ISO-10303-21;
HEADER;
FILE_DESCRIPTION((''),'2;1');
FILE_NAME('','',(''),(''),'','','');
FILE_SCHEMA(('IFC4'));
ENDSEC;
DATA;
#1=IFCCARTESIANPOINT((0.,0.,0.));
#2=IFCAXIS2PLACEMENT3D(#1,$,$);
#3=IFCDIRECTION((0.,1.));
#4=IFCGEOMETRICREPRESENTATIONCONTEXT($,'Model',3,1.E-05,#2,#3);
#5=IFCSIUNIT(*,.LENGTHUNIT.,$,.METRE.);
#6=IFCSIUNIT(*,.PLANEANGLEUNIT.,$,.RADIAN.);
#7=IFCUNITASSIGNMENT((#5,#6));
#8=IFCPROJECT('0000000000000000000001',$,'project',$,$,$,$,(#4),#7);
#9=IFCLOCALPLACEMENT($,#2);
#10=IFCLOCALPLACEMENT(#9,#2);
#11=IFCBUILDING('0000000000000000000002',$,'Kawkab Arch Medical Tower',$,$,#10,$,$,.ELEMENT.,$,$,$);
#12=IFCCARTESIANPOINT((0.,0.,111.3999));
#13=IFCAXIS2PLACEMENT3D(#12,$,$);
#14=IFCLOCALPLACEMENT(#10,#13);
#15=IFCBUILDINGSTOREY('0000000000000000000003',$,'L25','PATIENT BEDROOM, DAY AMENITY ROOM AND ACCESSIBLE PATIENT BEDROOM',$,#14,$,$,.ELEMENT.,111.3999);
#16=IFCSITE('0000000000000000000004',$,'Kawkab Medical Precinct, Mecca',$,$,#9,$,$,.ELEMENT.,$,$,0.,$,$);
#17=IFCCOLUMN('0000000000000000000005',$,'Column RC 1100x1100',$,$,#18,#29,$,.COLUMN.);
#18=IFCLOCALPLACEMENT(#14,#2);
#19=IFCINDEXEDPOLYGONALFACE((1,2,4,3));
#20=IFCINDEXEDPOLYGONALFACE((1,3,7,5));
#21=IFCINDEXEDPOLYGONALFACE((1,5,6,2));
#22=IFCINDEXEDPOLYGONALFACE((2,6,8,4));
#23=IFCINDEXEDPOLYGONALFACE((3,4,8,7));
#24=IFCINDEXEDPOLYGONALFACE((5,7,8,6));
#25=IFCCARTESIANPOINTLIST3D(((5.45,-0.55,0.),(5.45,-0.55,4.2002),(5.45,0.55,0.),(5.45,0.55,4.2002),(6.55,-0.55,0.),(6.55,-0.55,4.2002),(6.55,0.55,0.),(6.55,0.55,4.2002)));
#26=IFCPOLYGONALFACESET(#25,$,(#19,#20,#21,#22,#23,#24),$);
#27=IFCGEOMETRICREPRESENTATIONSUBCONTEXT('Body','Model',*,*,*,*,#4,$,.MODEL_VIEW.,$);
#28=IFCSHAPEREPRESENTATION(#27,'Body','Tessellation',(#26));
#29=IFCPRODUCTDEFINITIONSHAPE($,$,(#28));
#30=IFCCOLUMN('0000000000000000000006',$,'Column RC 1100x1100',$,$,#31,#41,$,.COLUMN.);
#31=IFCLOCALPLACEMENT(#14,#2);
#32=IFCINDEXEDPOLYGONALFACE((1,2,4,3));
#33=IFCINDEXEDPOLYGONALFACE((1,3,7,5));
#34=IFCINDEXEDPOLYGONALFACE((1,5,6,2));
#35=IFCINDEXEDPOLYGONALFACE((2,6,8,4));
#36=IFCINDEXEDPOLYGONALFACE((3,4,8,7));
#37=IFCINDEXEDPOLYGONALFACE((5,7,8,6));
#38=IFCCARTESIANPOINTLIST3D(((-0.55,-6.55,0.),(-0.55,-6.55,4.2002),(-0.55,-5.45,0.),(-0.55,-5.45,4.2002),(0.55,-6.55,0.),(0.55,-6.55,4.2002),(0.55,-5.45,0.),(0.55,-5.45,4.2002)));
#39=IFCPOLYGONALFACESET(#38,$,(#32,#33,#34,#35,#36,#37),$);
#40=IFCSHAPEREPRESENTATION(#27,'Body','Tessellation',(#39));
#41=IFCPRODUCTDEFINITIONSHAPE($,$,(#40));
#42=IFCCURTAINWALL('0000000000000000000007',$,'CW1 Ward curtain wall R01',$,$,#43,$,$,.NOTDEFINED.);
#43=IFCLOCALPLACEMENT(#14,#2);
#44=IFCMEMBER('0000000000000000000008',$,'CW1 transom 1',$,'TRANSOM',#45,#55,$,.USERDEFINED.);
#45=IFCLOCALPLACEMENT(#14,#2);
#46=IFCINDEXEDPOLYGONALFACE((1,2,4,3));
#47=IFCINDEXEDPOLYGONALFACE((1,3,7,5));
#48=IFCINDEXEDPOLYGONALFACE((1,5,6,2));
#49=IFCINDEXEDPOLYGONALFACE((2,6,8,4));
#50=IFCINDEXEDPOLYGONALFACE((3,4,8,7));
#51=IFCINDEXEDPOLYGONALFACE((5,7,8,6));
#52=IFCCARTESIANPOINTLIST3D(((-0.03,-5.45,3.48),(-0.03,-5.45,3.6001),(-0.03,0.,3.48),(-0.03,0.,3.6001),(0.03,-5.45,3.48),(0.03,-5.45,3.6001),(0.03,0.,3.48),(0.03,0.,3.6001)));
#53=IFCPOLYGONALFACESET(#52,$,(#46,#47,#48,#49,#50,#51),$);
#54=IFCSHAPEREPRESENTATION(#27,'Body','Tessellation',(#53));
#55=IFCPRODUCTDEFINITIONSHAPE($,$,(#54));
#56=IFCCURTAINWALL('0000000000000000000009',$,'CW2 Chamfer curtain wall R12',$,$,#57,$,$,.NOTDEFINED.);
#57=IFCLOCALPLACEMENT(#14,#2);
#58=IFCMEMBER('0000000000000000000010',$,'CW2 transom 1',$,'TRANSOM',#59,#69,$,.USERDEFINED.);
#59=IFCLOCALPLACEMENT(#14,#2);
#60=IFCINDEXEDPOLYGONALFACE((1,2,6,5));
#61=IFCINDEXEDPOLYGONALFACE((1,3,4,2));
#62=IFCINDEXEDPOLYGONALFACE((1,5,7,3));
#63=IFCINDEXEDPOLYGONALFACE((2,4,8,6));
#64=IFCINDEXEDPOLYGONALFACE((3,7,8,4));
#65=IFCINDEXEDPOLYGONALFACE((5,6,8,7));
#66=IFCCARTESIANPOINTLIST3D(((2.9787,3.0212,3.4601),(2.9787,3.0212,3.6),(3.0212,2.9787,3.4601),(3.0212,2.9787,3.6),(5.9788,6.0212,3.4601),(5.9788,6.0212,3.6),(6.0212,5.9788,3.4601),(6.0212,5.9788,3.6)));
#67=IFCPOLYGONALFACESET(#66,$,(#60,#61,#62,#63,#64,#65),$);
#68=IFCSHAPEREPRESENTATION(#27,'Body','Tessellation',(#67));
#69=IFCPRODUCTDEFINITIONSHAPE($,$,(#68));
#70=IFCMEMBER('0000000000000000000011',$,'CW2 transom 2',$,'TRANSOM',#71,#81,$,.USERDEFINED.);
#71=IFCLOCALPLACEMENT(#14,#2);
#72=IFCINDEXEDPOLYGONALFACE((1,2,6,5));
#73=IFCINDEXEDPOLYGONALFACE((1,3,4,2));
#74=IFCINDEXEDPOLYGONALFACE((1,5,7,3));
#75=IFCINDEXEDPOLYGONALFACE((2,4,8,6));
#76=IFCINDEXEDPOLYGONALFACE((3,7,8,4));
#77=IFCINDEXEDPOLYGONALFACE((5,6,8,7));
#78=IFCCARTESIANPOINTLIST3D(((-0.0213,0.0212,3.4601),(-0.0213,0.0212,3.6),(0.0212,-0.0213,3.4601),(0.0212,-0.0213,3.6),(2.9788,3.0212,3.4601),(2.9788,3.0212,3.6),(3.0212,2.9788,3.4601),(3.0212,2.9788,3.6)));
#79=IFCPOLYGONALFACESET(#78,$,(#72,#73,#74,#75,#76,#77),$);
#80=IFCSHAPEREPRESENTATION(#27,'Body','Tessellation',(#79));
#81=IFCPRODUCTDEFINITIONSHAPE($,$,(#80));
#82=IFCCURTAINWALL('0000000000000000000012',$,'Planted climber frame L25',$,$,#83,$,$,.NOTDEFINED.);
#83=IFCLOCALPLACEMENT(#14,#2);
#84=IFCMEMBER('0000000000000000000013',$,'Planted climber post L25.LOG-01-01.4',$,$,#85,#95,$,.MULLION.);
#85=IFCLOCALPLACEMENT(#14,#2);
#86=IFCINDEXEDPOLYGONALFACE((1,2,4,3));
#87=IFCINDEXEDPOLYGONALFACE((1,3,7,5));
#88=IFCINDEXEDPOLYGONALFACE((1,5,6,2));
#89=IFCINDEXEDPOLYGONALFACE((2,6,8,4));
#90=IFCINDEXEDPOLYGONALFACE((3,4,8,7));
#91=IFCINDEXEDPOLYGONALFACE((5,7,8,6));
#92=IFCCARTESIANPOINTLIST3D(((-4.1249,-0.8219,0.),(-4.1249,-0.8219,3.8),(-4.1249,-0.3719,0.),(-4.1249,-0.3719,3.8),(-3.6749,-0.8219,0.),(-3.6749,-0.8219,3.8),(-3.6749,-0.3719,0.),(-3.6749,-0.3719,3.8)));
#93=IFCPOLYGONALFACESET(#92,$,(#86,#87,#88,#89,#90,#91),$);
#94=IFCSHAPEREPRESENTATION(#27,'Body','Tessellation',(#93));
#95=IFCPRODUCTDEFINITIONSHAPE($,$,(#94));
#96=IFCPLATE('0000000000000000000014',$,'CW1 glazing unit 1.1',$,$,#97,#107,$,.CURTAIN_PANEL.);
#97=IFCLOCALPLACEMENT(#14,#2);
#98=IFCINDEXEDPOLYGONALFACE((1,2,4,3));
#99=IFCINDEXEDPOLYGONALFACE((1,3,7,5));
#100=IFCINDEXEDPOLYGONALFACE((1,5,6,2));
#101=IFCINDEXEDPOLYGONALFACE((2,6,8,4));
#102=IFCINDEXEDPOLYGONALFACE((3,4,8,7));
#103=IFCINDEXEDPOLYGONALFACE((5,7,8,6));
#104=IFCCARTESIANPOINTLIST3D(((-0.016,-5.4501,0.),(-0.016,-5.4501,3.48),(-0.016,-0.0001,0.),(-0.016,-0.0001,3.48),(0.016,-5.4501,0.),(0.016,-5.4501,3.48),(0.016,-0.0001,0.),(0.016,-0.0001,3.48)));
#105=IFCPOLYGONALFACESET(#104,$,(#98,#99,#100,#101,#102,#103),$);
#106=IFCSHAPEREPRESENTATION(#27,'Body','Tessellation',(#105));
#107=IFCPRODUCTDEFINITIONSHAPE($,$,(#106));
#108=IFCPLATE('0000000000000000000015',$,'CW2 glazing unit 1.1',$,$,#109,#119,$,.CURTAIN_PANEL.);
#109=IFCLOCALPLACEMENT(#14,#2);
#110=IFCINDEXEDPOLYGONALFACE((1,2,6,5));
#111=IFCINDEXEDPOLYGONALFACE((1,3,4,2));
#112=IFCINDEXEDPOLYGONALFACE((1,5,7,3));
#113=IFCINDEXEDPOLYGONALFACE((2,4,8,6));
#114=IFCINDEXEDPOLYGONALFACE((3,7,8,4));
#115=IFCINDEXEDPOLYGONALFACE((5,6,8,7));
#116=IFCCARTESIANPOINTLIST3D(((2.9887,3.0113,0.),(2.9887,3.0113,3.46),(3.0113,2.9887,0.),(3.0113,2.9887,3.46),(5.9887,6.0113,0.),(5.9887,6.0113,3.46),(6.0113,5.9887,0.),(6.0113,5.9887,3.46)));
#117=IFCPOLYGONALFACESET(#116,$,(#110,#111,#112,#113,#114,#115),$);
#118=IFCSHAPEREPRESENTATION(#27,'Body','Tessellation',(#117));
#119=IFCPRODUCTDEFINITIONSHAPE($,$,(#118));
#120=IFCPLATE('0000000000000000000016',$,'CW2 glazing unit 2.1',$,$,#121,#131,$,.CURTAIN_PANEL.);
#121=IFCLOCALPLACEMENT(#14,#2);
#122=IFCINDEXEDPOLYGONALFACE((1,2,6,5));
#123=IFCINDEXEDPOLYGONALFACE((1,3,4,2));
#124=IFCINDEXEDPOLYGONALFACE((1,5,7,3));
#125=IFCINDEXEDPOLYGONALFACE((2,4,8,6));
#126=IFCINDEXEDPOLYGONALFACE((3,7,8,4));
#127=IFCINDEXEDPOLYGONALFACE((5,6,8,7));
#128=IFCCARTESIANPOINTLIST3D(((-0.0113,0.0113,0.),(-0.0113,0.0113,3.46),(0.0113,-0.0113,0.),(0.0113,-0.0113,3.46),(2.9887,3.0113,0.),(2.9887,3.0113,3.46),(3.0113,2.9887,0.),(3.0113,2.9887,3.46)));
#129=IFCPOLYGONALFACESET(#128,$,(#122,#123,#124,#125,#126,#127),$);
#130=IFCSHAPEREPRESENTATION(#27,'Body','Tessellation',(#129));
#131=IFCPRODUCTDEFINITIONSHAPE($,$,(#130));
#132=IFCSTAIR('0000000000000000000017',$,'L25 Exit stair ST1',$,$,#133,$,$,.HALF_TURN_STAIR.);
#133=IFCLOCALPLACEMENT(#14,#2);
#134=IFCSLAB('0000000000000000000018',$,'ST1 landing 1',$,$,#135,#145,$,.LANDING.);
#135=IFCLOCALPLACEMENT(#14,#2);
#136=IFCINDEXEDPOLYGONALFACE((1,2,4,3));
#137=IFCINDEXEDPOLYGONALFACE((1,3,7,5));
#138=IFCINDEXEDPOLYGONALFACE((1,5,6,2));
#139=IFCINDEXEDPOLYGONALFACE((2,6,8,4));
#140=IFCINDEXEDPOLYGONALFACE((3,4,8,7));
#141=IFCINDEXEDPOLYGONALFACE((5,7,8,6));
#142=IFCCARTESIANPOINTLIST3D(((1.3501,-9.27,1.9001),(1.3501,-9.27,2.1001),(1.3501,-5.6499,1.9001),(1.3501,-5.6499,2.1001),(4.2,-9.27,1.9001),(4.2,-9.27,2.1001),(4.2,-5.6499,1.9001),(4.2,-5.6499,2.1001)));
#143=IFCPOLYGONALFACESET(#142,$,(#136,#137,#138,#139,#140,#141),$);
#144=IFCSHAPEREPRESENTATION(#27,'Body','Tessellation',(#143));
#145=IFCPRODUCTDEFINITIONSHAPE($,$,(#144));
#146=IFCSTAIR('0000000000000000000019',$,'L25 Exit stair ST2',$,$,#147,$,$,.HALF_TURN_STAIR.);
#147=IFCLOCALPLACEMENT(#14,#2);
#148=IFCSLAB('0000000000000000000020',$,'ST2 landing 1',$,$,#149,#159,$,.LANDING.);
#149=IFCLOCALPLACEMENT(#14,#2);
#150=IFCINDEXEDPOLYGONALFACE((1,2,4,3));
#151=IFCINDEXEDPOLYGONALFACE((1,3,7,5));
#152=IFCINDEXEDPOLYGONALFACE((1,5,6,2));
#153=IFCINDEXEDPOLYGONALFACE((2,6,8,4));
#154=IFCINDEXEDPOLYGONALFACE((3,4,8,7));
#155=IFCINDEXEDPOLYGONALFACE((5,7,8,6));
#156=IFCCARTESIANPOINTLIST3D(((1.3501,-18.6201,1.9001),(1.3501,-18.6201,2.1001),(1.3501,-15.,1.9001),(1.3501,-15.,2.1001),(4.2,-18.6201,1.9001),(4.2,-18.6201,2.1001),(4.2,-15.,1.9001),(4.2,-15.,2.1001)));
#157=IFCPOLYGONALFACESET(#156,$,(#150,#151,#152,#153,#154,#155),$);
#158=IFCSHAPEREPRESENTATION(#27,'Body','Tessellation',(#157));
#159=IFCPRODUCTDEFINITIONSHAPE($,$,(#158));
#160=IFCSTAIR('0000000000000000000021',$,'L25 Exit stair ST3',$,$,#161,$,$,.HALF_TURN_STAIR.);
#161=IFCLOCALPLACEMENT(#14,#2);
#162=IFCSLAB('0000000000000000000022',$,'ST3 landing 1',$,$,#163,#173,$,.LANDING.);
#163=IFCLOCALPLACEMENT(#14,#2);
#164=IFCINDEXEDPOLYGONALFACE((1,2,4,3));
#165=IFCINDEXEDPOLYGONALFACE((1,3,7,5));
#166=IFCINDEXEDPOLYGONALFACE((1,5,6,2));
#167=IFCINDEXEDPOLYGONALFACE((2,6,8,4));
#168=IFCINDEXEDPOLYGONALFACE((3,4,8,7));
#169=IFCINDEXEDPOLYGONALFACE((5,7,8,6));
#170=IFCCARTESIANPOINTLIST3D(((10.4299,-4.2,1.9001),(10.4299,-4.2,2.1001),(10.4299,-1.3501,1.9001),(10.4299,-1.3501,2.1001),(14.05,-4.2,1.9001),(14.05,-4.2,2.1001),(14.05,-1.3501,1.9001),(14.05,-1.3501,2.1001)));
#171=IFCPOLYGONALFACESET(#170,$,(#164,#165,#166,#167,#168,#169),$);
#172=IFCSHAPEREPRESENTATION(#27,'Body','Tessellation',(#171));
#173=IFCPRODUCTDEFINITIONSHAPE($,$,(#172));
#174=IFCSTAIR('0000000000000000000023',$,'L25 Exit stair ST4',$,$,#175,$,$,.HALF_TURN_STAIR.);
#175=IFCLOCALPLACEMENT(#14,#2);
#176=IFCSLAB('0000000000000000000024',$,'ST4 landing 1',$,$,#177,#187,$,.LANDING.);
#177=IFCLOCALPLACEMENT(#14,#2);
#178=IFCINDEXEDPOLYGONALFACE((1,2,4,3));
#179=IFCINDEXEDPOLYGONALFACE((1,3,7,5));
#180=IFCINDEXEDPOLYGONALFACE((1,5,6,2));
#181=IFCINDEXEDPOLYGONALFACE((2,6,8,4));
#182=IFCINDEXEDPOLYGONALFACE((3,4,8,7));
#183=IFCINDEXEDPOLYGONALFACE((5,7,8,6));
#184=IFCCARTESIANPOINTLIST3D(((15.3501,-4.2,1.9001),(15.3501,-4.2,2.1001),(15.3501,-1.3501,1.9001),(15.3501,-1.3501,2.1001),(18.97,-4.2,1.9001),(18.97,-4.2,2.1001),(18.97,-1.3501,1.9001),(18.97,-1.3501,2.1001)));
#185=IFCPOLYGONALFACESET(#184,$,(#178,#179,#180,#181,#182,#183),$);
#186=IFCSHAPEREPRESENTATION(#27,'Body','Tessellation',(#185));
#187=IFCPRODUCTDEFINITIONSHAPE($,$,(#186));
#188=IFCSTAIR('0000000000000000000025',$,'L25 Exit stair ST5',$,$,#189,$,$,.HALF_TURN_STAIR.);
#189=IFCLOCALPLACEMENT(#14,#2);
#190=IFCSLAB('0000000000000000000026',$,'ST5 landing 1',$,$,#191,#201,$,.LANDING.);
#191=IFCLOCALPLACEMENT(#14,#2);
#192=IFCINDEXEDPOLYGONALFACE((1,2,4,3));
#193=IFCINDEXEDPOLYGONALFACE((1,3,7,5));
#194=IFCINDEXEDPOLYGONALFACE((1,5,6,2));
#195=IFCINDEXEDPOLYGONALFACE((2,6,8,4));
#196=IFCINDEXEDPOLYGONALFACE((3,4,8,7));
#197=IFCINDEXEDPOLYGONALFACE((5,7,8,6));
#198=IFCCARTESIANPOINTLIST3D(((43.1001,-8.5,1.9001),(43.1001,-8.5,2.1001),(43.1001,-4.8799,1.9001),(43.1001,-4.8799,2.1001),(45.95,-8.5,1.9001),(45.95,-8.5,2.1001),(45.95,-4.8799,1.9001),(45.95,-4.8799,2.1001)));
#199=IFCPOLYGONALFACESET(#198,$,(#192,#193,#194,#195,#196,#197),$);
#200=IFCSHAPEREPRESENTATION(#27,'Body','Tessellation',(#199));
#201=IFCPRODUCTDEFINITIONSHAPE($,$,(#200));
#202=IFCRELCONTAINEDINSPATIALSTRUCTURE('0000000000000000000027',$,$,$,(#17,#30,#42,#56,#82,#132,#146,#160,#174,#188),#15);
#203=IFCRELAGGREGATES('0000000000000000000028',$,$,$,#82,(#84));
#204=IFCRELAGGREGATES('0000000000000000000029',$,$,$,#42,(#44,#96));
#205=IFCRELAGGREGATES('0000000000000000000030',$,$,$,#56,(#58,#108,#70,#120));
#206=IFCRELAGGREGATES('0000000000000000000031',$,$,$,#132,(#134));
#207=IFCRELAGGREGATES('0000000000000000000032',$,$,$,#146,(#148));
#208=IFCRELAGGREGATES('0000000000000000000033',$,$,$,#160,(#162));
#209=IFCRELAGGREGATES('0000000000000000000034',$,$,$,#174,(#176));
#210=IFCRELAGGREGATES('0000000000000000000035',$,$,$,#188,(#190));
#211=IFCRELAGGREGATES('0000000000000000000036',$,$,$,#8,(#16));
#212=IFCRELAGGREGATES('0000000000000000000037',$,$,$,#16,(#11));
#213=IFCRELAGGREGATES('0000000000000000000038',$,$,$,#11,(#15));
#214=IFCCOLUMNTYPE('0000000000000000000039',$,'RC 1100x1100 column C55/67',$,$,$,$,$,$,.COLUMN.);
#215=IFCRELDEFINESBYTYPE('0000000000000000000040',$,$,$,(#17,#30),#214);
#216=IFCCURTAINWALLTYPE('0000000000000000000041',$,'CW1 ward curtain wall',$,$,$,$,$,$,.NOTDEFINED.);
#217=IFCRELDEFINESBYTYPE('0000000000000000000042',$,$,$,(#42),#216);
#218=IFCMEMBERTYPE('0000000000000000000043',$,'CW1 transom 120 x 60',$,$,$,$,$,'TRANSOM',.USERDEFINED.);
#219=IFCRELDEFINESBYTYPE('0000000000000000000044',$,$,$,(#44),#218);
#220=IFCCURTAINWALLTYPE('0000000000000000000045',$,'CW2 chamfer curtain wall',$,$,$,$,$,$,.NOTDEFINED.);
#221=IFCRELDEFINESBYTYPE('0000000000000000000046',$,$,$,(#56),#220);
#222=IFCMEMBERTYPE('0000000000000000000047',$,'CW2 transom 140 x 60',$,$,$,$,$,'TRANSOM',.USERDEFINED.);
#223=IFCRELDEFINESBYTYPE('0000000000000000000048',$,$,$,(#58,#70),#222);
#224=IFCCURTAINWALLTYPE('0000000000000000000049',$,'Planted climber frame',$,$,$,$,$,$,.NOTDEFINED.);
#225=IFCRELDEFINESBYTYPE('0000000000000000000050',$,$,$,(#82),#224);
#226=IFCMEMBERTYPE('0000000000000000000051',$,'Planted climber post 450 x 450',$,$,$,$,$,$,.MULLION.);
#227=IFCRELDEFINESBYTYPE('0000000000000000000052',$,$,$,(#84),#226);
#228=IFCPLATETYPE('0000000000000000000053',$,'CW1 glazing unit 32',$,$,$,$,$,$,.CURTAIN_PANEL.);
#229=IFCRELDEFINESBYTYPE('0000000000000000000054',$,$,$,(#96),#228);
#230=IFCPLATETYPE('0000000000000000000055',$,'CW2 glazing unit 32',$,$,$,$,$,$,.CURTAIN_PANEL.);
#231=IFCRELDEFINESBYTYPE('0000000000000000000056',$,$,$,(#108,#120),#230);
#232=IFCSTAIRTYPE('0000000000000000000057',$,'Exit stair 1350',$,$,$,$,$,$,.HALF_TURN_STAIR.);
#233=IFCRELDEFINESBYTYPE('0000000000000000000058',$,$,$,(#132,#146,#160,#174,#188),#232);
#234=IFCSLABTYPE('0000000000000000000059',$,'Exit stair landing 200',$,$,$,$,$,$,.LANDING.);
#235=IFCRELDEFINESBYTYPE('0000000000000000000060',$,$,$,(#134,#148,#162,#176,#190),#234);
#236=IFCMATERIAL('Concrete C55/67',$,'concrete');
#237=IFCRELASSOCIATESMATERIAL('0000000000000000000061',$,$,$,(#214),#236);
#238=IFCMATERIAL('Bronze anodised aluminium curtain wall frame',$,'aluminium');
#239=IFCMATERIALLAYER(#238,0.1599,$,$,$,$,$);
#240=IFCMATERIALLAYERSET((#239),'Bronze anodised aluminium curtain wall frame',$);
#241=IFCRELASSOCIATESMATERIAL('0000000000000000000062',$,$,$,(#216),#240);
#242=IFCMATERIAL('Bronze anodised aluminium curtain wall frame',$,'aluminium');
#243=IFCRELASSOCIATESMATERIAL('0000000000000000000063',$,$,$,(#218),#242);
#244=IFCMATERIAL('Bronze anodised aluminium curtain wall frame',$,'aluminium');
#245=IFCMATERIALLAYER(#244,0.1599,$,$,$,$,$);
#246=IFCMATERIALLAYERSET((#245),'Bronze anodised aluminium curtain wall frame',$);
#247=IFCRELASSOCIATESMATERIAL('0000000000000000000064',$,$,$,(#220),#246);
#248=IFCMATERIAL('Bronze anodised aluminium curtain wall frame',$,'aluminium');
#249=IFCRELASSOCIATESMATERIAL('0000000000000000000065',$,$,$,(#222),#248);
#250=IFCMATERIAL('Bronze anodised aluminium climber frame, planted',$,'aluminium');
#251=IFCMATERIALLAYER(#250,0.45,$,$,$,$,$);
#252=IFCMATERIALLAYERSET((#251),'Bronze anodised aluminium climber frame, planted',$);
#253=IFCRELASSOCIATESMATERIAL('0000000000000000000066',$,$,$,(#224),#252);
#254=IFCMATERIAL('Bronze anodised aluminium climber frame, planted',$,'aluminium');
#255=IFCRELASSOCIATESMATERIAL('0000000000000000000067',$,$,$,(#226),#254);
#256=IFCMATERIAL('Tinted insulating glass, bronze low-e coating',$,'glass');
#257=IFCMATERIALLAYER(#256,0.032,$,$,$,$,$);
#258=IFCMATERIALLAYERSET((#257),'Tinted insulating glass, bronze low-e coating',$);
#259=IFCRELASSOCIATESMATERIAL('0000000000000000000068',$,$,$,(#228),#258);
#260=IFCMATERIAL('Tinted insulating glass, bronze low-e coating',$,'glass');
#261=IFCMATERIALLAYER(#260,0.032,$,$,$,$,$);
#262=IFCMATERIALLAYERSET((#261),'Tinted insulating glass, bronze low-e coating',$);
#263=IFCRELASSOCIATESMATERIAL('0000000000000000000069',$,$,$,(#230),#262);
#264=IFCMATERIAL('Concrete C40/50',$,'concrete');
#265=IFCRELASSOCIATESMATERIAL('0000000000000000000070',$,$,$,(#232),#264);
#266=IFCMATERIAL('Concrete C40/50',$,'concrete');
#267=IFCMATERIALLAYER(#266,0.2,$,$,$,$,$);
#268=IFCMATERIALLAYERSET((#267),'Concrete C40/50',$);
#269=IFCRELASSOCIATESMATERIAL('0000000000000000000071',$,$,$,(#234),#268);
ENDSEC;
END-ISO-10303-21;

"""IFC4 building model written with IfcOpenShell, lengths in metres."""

from ifc_helpers import new_model, si_unit, direction, frame, origin, origin_2d, place, context, subcontext, project, spatial, polyline, rectangle, outline, extrude, material, layer, layer_set, material_profile, profile_set, type_object, element, aggregate, save


model = new_model("IFC4")

# Units and contexts
model_context = context("Model", 3, precision=1e-05, world=origin(), true_north=direction((0.0, 1.0)))
body_context = subcontext(model_context, "Body", "Model", "MODEL_VIEW")
ifc_project = project(units=[si_unit("LENGTHUNIT", "METRE"), si_unit("PLANEANGLEUNIT", "RADIAN")], contexts=[model_context])

# Site, building, storey
site_placement = place(None, origin())
site = spatial("IfcSite", under=ifc_project, at=site_placement, Name="Kawkab Medical Precinct, Mecca", CompositionType="ELEMENT", RefElevation=0.0)
building_placement = place(site_placement, origin())
building = spatial("IfcBuilding", under=site, at=building_placement, Name="Kawkab Arch Medical Tower", CompositionType="ELEMENT")
storey_placement = place(building_placement, frame((0.0, 0.0, 111.3999)))
storey = spatial("IfcBuildingStorey", under=building, at=storey_placement, Name="L25", Description="PATIENT BEDROOM, DAY AMENITY ROOM AND ACCESSIBLE PATIENT BEDROOM", CompositionType="ELEMENT", Elevation=111.3999)

# Columns
ifc_material_1 = material(Name="Concrete C55/67", Category="concrete")
ifc_material_profile_1 = material_profile(ifc_material_1, rectangle(XDim=1.1001, YDim=1.1001, at=origin_2d()), Name="RC 1100x1100")
ifc_profile_set_1 = profile_set([ifc_material_profile_1], Name="Concrete C55/67")
column_type = type_object("IfcColumnType", Name="RC 1100x1100 column C55/67", PredefinedType="COLUMN", material=ifc_profile_set_1)
for number, where, z_axis, x_axis, name in (
    (1, (6.0, 0.0, 0.0), (0.0, 0.0, 1.0), (1.0, 0.0, 0.0), "Column RC 1100x1100"),
    (2, (0.0, -6.0, 0.0), (0.0, 0.0, 1.0), (1.0, 0.0, 0.0), "Column RC 1100x1100"),
):
    element("IfcColumn", number, at=place(storey_placement, frame(where, z_axis=z_axis, x_axis=x_axis)), inside=storey, type_object=column_type, Name=name, PredefinedType="COLUMN", context=body_context, shape_type="SweptSolid", body=[
        extrude(rectangle(XDim=1.1001, YDim=1.1001, at=origin_2d()), origin(), (0.0, 0.0, 1.0), 4.2002),
    ])

# Curtain wall, member
ifc_material_2 = material(Name="Bronze anodised aluminium curtain wall frame", Category="aluminium")
ifc_layer_1 = layer(ifc_material_2, 0.1599)
ifc_layer_set_1 = layer_set([ifc_layer_1], Name="Bronze anodised aluminium curtain wall frame")
curtain_wall_type_1 = type_object("IfcCurtainWallType", Name="CW1 ward curtain wall", PredefinedType="NOTDEFINED", material=ifc_layer_set_1)
placement_1 = place(storey_placement, origin())
curtain_wall_1 = element("IfcCurtainWall", 3, at=placement_1, inside=storey, type_object=curtain_wall_type_1, Name="CW1 Ward curtain wall R01", PredefinedType="NOTDEFINED")
ifc_material_3 = material(Name="Bronze anodised aluminium curtain wall frame", Category="aluminium")
ifc_material_profile_2 = material_profile(ifc_material_3, rectangle(XDim=0.0601, YDim=0.1201, at=origin_2d()), Name="AL 60x120")
ifc_profile_set_2 = profile_set([ifc_material_profile_2], Name="Bronze anodised aluminium curtain wall frame")
member_type_1 = type_object("IfcMemberType", Name="CW1 transom 120 x 60", ElementType="TRANSOM", PredefinedType="USERDEFINED", material=ifc_profile_set_2)
member_1_placement = place(storey_placement, frame((0.0, 0.0, 3.54), z_axis=(0.0, -1.0, 0.0), x_axis=(1.0, 0.0, 0.0)))
member_1 = element("IfcMember", 4, at=member_1_placement, type_object=member_type_1, Name="CW1 transom 1", ObjectType="TRANSOM", PredefinedType="USERDEFINED", context=body_context, shape_type="SweptSolid", body=[
    extrude(rectangle(XDim=0.0601, YDim=0.1201, at=origin_2d()), origin(), (0.0, 0.0, 1.0), 5.45),
])

# Curtain wall, members
ifc_material_4 = material(Name="Bronze anodised aluminium curtain wall frame", Category="aluminium")
ifc_layer_2 = layer(ifc_material_4, 0.1599)
ifc_layer_set_2 = layer_set([ifc_layer_2], Name="Bronze anodised aluminium curtain wall frame")
curtain_wall_type_2 = type_object("IfcCurtainWallType", Name="CW2 chamfer curtain wall", PredefinedType="NOTDEFINED", material=ifc_layer_set_2)
curtain_wall_2 = element("IfcCurtainWall", 5, at=placement_1, inside=storey, type_object=curtain_wall_type_2, Name="CW2 Chamfer curtain wall R12", PredefinedType="NOTDEFINED")
ifc_material_5 = material(Name="Bronze anodised aluminium curtain wall frame", Category="aluminium")
ifc_material_profile_3 = material_profile(ifc_material_5, rectangle(XDim=0.0601, YDim=0.1399, at=origin_2d()), Name="AL 60x140")
ifc_profile_set_3 = profile_set([ifc_material_profile_3], Name="Bronze anodised aluminium curtain wall frame")
member_type_2 = type_object("IfcMemberType", Name="CW2 transom 140 x 60", ElementType="TRANSOM", PredefinedType="USERDEFINED", material=ifc_profile_set_3)
member_2_placement = place(storey_placement, frame((6.0, 6.0, 3.53), z_axis=(-0.707107, -0.707107, 0.0), x_axis=(0.707107, -0.707107, 0.0)))
member_2 = element("IfcMember", 6, at=member_2_placement, type_object=member_type_2, Name="CW2 transom 1", ObjectType="TRANSOM", PredefinedType="USERDEFINED", context=body_context, shape_type="SweptSolid", body=[
    extrude(rectangle(XDim=0.0601, YDim=0.1399, at=origin_2d()), origin(), (0.0, 0.0, 1.0), 4.2427),
])
member_3_placement = place(storey_placement, frame((3.0, 3.0, 3.53), z_axis=(-0.707107, -0.707107, 0.0), x_axis=(0.707107, -0.707107, 0.0)))
member_3 = element("IfcMember", 7, at=member_3_placement, type_object=member_type_2, Name="CW2 transom 2", ObjectType="TRANSOM", PredefinedType="USERDEFINED", context=body_context, shape_type="SweptSolid", body=[
    extrude(rectangle(XDim=0.0601, YDim=0.1399, at=origin_2d()), origin(), (0.0, 0.0, 1.0), 4.2427),
])

# Curtain wall, member
ifc_material_6 = material(Name="Bronze anodised aluminium climber frame, planted", Category="aluminium")
ifc_layer_3 = layer(ifc_material_6, 0.45)
ifc_layer_set_3 = layer_set([ifc_layer_3], Name="Bronze anodised aluminium climber frame, planted")
curtain_wall_type_3 = type_object("IfcCurtainWallType", Name="Planted climber frame", PredefinedType="NOTDEFINED", material=ifc_layer_set_3)
curtain_wall_3 = element("IfcCurtainWall", 8, at=placement_1, inside=storey, type_object=curtain_wall_type_3, Name="Planted climber frame L25", PredefinedType="NOTDEFINED")
ifc_material_7 = material(Name="Bronze anodised aluminium climber frame, planted", Category="aluminium")
ifc_material_profile_4 = material_profile(ifc_material_7, rectangle(XDim=0.45, YDim=0.45, at=origin_2d()), Name="Post 450x450")
ifc_profile_set_4 = profile_set([ifc_material_profile_4], Name="Bronze anodised aluminium climber frame, planted")
member_type_3 = type_object("IfcMemberType", Name="Planted climber post 450 x 450", PredefinedType="MULLION", material=ifc_profile_set_4)
member_4_placement = place(storey_placement, frame((-3.8999, -0.5969, 0.0), z_axis=(0.0, 0.0, 1.0), x_axis=(1.0, 0.0, 0.0)))
member_4 = element("IfcMember", 9, at=member_4_placement, type_object=member_type_3, Name="Planted climber post L25.LOG-01-01.4", PredefinedType="MULLION", context=body_context, shape_type="SweptSolid", body=[
    extrude(rectangle(XDim=0.45, YDim=0.45, at=origin_2d()), origin(), (0.0, 0.0, 1.0), 3.8),
])
aggregate(curtain_wall_3, [member_4])

# Plates
ifc_material_8 = material(Name="Tinted insulating glass, bronze low-e coating", Category="glass")
ifc_layer_4 = layer(ifc_material_8, 0.032)
ifc_layer_set_4 = layer_set([ifc_layer_4], Name="Tinted insulating glass, bronze low-e coating")
plate_type_1 = type_object("IfcPlateType", Name="CW1 glazing unit 32", PredefinedType="CURTAIN_PANEL", material=ifc_layer_set_4)
plate_1_placement = place(storey_placement, frame((0.0, -2.7251, 0.0), z_axis=(0.0, 0.0, 1.0), x_axis=(0.0, -1.0, 0.0)))
plate_1 = element("IfcPlate", 10, at=plate_1_placement, type_object=plate_type_1, Name="CW1 glazing unit 1.1", PredefinedType="CURTAIN_PANEL", context=body_context, shape_type="SweptSolid", body=[
    extrude(rectangle(XDim=5.45, YDim=0.032, at=origin_2d()), origin(), (0.0, 0.0, 1.0), 3.48),
])
aggregate(curtain_wall_1, [member_1, plate_1])
ifc_material_9 = material(Name="Tinted insulating glass, bronze low-e coating", Category="glass")
ifc_layer_5 = layer(ifc_material_9, 0.032)
ifc_layer_set_5 = layer_set([ifc_layer_5], Name="Tinted insulating glass, bronze low-e coating")
plate_type_2 = type_object("IfcPlateType", Name="CW2 glazing unit 32", PredefinedType="CURTAIN_PANEL", material=ifc_layer_set_5)
plate_2_placement = place(storey_placement, frame((4.5, 4.5, 0.0), z_axis=(0.0, 0.0, 1.0), x_axis=(-0.707107, -0.707107, 0.0)))
plate_2 = element("IfcPlate", 11, at=plate_2_placement, type_object=plate_type_2, Name="CW2 glazing unit 1.1", PredefinedType="CURTAIN_PANEL", context=body_context, shape_type="SweptSolid", body=[
    extrude(rectangle(XDim=4.2427, YDim=0.032, at=origin_2d()), origin(), (0.0, 0.0, 1.0), 3.46),
])
plate_3_placement = place(storey_placement, frame((1.5, 1.5, 0.0), z_axis=(0.0, 0.0, 1.0), x_axis=(-0.707107, -0.707107, 0.0)))
plate_3 = element("IfcPlate", 12, at=plate_3_placement, type_object=plate_type_2, Name="CW2 glazing unit 2.1", PredefinedType="CURTAIN_PANEL", context=body_context, shape_type="SweptSolid", body=[
    extrude(rectangle(XDim=4.2427, YDim=0.032, at=origin_2d()), origin(), (0.0, 0.0, 1.0), 3.46),
])
aggregate(curtain_wall_2, [member_2, plate_2, member_3, plate_3])

# Stairs, slabs
ifc_material_10 = material(Name="Concrete C40/50", Category="concrete")
stair_type = type_object("IfcStairType", Name="Exit stair 1350", PredefinedType="HALF_TURN_STAIR", material=ifc_material_10)
stair_1 = element("IfcStair", 13, at=placement_1, inside=storey, type_object=stair_type, Name="L25 Exit stair ST1", PredefinedType="HALF_TURN_STAIR")
ifc_material_11 = material(Name="Concrete C40/50", Category="concrete")
ifc_layer_6 = layer(ifc_material_11, 0.2)
ifc_layer_set_6 = layer_set([ifc_layer_6], Name="Concrete C40/50")
slab_type_1 = type_object("IfcSlabType", Name="Exit stair landing 200", PredefinedType="LANDING", material=ifc_layer_set_6)
placement_2 = place(storey_placement, frame((0.0, 0.0, 1.9001)))
slab_1 = element("IfcSlab", 14, at=placement_2, type_object=slab_type_1, Name="ST1 landing 1", PredefinedType="LANDING", context=body_context, shape_type="SweptSolid", body=[
    extrude(outline(polyline([(4.2, -9.27), (4.2, -5.6499), (1.3501, -5.6499), (1.3501, -9.27), (4.2, -9.27)])), origin(), (0.0, 0.0, 1.0), 0.2),
])
aggregate(stair_1, [slab_1])
stair_2 = element("IfcStair", 15, at=placement_1, inside=storey, type_object=stair_type, Name="L25 Exit stair ST2", PredefinedType="HALF_TURN_STAIR")
slab_2 = element("IfcSlab", 16, at=placement_2, type_object=slab_type_1, Name="ST2 landing 1", PredefinedType="LANDING", context=body_context, shape_type="SweptSolid", body=[
    extrude(outline(polyline([(4.2, -18.6201), (4.2, -15.0), (1.3501, -15.0), (1.3501, -18.6201), (4.2, -18.6201)])), origin(), (0.0, 0.0, 1.0), 0.2),
])
aggregate(stair_2, [slab_2])
stair_3 = element("IfcStair", 17, at=placement_1, inside=storey, type_object=stair_type, Name="L25 Exit stair ST3", PredefinedType="HALF_TURN_STAIR")
slab_3 = element("IfcSlab", 18, at=placement_2, type_object=slab_type_1, Name="ST3 landing 1", PredefinedType="LANDING", context=body_context, shape_type="SweptSolid", body=[
    extrude(outline(polyline([(10.4299, -4.2), (14.05, -4.2), (14.05, -1.3501), (10.4299, -1.3501), (10.4299, -4.2)])), origin(), (0.0, 0.0, 1.0), 0.2),
])
aggregate(stair_3, [slab_3])
stair_4 = element("IfcStair", 19, at=placement_1, inside=storey, type_object=stair_type, Name="L25 Exit stair ST4", PredefinedType="HALF_TURN_STAIR")
slab_4 = element("IfcSlab", 20, at=placement_2, type_object=slab_type_1, Name="ST4 landing 1", PredefinedType="LANDING", context=body_context, shape_type="SweptSolid", body=[
    extrude(outline(polyline([(18.97, -1.3501), (15.3501, -1.3501), (15.3501, -4.2), (18.97, -4.2), (18.97, -1.3501)])), origin(), (0.0, 0.0, 1.0), 0.2),
])
aggregate(stair_4, [slab_4])
stair_5 = element("IfcStair", 21, at=placement_1, inside=storey, type_object=stair_type, Name="L25 Exit stair ST5", PredefinedType="HALF_TURN_STAIR")
slab_5 = element("IfcSlab", 22, at=placement_2, type_object=slab_type_1, Name="ST5 landing 1", PredefinedType="LANDING", context=body_context, shape_type="SweptSolid", body=[
    extrude(outline(polyline([(43.1001, -4.8799), (43.1001, -8.5), (45.95, -8.5), (45.95, -4.8799), (43.1001, -4.8799)])), origin(), (0.0, 0.0, 1.0), 0.2),
])
aggregate(stair_5, [slab_5])

save(model, "model.ifc")
